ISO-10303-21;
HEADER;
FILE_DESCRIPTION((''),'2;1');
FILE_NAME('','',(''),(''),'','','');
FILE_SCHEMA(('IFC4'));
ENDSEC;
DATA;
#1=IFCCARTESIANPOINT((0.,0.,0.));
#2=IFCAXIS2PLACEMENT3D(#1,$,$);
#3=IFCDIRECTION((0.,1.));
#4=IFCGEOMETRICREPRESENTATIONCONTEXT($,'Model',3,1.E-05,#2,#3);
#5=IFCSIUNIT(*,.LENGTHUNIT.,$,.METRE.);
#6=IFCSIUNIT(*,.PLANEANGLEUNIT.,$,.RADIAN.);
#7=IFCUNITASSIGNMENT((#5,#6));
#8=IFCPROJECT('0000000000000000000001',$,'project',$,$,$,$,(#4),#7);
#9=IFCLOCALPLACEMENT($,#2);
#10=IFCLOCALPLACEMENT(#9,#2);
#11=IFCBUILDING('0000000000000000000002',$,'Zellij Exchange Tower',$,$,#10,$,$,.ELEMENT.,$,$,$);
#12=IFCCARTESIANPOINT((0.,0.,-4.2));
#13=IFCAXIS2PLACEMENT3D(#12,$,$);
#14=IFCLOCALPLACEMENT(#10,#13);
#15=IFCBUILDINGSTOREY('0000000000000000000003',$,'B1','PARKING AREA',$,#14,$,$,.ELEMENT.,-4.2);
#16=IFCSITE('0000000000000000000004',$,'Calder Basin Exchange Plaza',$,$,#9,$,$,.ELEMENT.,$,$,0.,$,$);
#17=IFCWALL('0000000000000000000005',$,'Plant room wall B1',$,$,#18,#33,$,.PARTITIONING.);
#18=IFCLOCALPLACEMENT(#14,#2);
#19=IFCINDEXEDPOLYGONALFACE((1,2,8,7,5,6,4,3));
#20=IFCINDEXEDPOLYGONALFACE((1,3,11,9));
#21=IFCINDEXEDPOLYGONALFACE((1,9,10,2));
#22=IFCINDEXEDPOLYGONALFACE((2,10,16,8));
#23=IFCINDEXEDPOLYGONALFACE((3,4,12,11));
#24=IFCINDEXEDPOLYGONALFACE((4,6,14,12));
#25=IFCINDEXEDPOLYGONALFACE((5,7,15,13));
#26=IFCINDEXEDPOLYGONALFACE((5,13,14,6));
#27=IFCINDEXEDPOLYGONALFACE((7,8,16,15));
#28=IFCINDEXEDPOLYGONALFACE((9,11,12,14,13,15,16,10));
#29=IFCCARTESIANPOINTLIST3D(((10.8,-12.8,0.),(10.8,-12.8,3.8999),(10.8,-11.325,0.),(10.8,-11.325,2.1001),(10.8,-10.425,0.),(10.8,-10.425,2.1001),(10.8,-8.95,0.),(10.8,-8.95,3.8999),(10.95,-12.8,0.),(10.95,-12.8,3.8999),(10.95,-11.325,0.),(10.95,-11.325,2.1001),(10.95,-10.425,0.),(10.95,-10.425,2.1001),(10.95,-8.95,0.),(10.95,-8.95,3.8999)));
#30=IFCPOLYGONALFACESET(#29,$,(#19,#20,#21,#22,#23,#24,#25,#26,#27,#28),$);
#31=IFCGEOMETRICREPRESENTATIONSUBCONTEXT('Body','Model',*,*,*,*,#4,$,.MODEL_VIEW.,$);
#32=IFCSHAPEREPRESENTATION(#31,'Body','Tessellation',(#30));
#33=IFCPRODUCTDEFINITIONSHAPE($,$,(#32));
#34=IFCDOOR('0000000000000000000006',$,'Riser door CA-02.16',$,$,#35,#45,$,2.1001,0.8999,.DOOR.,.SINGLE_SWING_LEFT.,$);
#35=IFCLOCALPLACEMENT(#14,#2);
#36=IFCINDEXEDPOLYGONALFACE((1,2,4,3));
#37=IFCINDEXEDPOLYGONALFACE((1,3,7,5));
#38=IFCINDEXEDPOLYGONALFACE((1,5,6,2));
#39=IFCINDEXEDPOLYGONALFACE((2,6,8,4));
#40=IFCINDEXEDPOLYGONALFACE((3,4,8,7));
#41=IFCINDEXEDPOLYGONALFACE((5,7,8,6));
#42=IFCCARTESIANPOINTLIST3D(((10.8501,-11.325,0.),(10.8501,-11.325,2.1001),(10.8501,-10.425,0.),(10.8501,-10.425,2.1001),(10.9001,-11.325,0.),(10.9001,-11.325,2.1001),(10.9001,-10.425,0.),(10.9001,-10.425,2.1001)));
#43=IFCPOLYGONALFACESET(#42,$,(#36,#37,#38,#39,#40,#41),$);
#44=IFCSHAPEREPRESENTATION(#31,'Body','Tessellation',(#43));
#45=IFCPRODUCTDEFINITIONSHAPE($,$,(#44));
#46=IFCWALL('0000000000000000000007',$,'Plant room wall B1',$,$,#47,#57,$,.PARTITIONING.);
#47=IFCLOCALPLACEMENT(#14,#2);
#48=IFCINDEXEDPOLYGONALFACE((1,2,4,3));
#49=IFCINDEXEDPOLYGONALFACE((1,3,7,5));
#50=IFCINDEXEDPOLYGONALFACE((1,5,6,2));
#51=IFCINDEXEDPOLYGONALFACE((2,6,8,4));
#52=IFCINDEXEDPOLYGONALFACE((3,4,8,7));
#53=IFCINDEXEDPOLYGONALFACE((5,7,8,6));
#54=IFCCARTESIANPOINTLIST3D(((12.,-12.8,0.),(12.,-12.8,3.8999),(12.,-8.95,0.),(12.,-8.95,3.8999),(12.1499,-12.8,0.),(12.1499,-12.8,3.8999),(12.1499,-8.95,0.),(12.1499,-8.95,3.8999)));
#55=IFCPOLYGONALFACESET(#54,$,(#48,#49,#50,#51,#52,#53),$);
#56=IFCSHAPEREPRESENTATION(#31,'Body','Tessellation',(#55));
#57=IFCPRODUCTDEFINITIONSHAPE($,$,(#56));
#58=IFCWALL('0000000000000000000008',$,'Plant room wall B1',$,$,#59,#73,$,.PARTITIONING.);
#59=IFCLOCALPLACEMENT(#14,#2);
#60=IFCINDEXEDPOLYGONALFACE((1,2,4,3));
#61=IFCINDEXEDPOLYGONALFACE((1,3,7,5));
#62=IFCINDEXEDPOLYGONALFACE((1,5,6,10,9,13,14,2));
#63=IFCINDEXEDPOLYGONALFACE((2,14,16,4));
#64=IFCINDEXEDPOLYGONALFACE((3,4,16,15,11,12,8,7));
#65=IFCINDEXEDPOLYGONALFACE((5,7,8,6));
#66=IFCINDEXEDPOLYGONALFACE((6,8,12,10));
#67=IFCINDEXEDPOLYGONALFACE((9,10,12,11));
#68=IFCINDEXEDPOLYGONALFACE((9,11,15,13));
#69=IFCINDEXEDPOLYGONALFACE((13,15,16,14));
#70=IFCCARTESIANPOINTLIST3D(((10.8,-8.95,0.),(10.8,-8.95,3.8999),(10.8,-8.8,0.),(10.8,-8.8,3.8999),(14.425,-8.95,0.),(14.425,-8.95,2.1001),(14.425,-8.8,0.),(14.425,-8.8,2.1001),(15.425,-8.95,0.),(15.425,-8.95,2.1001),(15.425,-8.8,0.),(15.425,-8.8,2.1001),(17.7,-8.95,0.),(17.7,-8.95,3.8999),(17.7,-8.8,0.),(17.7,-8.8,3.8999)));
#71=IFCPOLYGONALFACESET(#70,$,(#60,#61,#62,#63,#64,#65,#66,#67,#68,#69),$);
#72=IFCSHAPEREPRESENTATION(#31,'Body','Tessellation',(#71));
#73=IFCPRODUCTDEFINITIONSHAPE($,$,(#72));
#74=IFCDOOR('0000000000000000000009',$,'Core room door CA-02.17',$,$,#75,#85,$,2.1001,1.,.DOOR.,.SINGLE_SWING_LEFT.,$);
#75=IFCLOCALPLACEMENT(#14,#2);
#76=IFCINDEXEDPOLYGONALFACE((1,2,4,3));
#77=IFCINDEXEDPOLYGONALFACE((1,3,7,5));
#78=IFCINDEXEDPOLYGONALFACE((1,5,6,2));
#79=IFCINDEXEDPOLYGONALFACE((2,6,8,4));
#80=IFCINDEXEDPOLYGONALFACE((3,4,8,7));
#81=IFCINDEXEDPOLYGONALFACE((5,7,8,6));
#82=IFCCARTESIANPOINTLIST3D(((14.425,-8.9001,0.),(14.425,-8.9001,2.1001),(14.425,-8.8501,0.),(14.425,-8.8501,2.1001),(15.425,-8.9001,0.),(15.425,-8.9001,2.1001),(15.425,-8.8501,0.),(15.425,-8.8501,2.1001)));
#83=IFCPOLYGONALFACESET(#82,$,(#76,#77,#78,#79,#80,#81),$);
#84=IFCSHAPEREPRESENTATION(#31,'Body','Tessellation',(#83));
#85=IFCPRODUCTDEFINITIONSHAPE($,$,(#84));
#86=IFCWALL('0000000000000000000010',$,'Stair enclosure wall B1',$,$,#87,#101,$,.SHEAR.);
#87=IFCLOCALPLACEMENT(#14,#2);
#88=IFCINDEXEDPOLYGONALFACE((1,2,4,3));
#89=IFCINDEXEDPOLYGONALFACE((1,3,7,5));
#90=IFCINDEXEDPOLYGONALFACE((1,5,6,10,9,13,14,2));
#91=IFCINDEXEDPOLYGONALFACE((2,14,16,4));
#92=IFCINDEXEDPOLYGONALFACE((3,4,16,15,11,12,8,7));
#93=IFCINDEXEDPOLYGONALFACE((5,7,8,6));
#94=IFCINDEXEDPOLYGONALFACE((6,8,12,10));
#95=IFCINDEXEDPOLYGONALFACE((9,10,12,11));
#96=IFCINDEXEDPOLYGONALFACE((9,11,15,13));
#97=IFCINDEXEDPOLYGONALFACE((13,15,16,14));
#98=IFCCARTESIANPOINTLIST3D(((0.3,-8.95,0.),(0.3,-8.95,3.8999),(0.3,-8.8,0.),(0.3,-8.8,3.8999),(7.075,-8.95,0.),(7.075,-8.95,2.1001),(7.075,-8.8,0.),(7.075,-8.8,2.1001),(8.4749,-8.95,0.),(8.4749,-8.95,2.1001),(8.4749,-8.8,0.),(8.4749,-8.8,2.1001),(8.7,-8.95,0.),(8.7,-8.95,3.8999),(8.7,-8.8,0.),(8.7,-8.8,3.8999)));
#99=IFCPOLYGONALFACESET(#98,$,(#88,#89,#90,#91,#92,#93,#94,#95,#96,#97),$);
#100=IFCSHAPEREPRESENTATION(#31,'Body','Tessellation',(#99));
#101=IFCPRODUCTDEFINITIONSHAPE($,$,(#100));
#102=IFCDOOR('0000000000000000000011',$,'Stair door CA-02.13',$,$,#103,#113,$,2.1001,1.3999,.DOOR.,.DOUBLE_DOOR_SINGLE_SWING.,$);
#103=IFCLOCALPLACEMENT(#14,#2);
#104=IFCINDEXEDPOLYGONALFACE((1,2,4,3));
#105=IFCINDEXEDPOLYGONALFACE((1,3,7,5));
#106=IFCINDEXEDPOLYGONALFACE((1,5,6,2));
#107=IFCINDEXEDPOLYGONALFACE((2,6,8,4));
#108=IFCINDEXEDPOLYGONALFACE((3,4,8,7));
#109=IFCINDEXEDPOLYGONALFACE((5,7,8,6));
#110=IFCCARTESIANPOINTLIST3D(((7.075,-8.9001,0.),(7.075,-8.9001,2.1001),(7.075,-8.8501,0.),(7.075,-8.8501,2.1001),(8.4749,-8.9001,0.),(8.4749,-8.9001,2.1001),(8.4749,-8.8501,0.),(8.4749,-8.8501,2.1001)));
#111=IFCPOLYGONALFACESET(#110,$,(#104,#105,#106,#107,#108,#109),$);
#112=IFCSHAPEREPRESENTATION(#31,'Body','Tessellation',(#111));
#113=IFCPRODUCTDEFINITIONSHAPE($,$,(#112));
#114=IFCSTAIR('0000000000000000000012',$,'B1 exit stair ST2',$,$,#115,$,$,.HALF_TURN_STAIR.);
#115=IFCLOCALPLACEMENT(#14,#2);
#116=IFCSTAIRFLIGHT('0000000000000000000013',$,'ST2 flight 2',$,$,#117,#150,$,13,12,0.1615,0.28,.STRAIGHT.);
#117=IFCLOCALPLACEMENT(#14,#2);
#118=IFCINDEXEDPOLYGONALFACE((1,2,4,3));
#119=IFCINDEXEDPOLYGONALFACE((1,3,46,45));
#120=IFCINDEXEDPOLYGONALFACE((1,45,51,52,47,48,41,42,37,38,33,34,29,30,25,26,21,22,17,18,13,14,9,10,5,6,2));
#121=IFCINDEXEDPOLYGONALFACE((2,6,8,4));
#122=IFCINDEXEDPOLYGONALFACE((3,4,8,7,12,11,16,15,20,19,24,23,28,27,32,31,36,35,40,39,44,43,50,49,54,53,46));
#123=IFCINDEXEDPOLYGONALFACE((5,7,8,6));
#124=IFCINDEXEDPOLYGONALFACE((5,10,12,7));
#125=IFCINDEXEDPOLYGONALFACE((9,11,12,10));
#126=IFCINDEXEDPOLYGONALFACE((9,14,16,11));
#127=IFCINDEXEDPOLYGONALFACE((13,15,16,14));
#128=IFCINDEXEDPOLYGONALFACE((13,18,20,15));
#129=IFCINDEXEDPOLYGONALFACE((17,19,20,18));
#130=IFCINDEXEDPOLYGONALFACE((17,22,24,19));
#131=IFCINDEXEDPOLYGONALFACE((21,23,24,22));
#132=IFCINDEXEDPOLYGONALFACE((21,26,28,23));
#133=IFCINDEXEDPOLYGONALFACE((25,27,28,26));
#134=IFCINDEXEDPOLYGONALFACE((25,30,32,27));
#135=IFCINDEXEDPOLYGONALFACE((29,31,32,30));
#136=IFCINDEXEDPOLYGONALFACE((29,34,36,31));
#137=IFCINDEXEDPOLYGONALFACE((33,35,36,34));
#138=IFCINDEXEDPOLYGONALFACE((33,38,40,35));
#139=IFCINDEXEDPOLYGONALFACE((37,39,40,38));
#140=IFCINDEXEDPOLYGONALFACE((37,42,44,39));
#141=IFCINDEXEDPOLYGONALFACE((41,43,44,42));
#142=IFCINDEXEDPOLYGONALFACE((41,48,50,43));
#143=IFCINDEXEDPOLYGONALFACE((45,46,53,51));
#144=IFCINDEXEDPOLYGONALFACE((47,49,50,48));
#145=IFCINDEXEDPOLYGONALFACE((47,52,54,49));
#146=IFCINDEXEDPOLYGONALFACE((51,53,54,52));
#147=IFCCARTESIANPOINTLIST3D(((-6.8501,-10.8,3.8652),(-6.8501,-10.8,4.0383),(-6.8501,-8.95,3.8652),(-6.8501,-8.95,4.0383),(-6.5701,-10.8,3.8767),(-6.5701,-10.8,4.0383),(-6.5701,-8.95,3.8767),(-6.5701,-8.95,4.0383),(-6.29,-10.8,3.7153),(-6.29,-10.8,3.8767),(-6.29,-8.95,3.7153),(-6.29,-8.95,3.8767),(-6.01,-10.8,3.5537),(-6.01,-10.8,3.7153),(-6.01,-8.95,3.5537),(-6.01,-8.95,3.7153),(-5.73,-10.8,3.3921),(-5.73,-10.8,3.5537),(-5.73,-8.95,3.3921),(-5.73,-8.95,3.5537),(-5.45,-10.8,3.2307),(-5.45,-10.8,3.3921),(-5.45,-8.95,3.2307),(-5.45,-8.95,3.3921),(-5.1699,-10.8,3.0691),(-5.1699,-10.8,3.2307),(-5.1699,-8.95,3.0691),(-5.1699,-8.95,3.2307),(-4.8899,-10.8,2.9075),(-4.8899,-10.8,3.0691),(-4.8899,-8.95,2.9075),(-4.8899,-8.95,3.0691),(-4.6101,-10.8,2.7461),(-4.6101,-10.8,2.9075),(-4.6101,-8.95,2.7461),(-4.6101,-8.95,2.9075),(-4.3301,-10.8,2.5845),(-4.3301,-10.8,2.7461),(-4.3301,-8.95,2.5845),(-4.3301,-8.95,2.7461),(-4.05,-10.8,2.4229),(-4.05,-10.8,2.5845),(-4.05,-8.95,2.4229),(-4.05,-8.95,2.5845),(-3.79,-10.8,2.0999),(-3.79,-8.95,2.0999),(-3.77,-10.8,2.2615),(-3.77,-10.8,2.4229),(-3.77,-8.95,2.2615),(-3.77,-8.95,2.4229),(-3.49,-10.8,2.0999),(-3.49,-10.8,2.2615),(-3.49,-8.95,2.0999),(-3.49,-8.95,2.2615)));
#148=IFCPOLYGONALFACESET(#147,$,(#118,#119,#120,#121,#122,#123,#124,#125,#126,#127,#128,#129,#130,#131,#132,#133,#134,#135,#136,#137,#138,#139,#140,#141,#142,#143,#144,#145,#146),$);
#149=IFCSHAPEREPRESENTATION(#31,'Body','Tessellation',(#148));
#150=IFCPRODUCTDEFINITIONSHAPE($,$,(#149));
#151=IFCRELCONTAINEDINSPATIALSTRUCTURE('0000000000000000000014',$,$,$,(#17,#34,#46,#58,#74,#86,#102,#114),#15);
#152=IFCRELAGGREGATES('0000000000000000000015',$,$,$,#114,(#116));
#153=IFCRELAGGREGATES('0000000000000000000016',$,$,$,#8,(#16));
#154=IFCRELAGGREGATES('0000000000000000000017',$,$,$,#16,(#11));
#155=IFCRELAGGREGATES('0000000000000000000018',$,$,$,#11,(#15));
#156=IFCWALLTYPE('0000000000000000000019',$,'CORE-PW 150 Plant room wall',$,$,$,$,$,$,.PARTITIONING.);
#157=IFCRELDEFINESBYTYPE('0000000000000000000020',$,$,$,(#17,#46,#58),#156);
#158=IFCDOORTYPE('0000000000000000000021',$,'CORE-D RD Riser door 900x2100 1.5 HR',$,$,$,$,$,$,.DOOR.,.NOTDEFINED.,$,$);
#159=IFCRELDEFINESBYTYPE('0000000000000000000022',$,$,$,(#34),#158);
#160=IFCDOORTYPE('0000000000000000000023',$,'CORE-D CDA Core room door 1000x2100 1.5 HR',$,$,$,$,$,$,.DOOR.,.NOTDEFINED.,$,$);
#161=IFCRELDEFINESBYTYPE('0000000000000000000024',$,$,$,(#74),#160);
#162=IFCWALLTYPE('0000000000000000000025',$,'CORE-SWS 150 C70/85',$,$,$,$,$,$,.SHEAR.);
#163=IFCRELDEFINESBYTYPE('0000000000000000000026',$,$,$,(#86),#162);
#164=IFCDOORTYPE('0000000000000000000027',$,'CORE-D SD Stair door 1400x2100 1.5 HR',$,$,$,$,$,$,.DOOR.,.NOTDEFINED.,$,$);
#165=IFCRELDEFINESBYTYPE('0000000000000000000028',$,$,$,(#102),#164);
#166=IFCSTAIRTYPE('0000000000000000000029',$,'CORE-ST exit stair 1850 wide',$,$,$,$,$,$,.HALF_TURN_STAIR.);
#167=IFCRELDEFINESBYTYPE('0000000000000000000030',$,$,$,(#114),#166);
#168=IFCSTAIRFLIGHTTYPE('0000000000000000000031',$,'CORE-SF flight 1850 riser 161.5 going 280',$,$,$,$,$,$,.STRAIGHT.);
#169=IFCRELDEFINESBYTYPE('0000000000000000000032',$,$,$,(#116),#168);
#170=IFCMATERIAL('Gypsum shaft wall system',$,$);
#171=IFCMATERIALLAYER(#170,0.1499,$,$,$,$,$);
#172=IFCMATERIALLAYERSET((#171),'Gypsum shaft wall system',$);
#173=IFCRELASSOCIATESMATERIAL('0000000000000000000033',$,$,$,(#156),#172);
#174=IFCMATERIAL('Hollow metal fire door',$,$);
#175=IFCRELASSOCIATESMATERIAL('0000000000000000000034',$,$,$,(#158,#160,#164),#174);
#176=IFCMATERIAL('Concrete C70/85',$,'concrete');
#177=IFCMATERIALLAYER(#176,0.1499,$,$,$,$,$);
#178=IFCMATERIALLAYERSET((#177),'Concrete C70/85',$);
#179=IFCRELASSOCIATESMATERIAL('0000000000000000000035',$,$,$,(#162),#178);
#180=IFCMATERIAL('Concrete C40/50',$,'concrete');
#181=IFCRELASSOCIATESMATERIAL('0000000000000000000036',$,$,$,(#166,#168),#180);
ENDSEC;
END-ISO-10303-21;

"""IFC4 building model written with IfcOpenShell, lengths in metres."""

from ifc_helpers import new_model, si_unit, direction, frame, frame_2d, origin, place, context, subcontext, project, spatial, polyline, rectangle, outline, extrude, material, layer, layer_set, type_object, element, fill, aggregate, save


model = new_model("IFC4")

# Units and contexts
model_context = context("Model", 3, precision=1e-05, world=origin(), true_north=direction((0.0, 1.0)))
body_context = subcontext(model_context, "Body", "Model", "MODEL_VIEW")
ifc_project = project(units=[si_unit("LENGTHUNIT", "METRE"), si_unit("PLANEANGLEUNIT", "RADIAN")], contexts=[model_context])

# Site, building, storey
site_placement = place(None, origin())
site = spatial("IfcSite", under=ifc_project, at=site_placement, Name="Calder Basin Exchange Plaza", CompositionType="ELEMENT", RefElevation=0.0)
building_placement = place(site_placement, origin())
building = spatial("IfcBuilding", under=site, at=building_placement, Name="Zellij Exchange Tower", CompositionType="ELEMENT")
storey_placement = place(building_placement, frame((0.0, 0.0, -4.2)))
storey = spatial("IfcBuildingStorey", under=building, at=storey_placement, Name="B1", Description="PARKING AREA", CompositionType="ELEMENT", Elevation=-4.2)

# Shared definitions
ifc_material_1 = material(Name="Concrete C70/85", Category="concrete")

# Shared definitions
ifc_material_2 = material(Name="Concrete C40/50", Category="concrete")

# Wall, opening, door
ifc_material_3 = material(Name="Gypsum shaft wall system")
ifc_material_4 = material(Name="Hollow metal fire door")
ifc_layer_1 = layer(ifc_material_3, 0.1499)
ifc_layer_set_1 = layer_set([ifc_layer_1], Name="Gypsum shaft wall system")
wall_type_1 = type_object("IfcWallType", Name="CORE-PW 150 Plant room wall", PredefinedType="PARTITIONING", material=ifc_layer_set_1)
wall_1_placement = place(storey_placement, frame((10.875, -12.8, 0.0), z_axis=(0.0, 0.0, 1.0), x_axis=(0.0, 1.0, 0.0)))
wall_1 = element("IfcWall", 1, at=wall_1_placement, inside=storey, type_object=wall_type_1, Name="Plant room wall B1", PredefinedType="PARTITIONING", context=body_context, shape_type="SweptSolid", body=[
    extrude(rectangle(XDim=3.8501, YDim=0.1499, at=frame_2d((1.925, 0.0))), origin(), (0.0, 0.0, 1.0), 3.8999),
])
opening_1_placement = place(wall_1_placement, frame((1.4751, 0.0, 0.0)))
opening_1 = element("IfcOpeningElement", 2, at=opening_1_placement, cuts=wall_1, PredefinedType="OPENING", context=body_context, shape_type="SweptSolid", body=[
    extrude(rectangle(XDim=0.8999, YDim=2.1001, at=frame_2d((0.45, 1.05))), frame((0.0, 0.0869, 0.0), z_axis=(0.0, -1.0, 0.0), x_axis=(1.0, 0.0, 0.0)), (0.0, 0.0, 1.0), 0.1738),
])
door_type_1 = type_object("IfcDoorType", Name="CORE-D RD Riser door 900x2100 1.5 HR", OperationType="NOTDEFINED", PredefinedType="DOOR", material=ifc_material_4)
door_1_placement = place(opening_1_placement, origin())
door_1 = element("IfcDoor", 3, at=door_1_placement, inside=storey, type_object=door_type_1, Name="Riser door CA-02.16", OperationType="SINGLE_SWING_LEFT", OverallHeight=2.1001, OverallWidth=0.8999, PredefinedType="DOOR", context=body_context, shape_type="SweptSolid", body=[
    extrude(rectangle(XDim=0.8999, YDim=2.1001, at=frame_2d((0.45, 1.05))), frame((0.0, 0.0249, 0.0), z_axis=(0.0, -1.0, 0.0), x_axis=(1.0, 0.0, 0.0)), (0.0, 0.0, 1.0), 0.05),
])
fill(opening_1, door_1)

# Wall
wall_2_placement = place(storey_placement, frame((12.075, -12.8, 0.0), z_axis=(0.0, 0.0, 1.0), x_axis=(0.0, 1.0, 0.0)))
element("IfcWall", 4, at=wall_2_placement, inside=storey, type_object=wall_type_1, Name="Plant room wall B1", PredefinedType="PARTITIONING", context=body_context, shape_type="SweptSolid", body=[
    extrude(rectangle(XDim=3.8501, YDim=0.1499, at=frame_2d((1.925, 0.0))), origin(), (0.0, 0.0, 1.0), 3.8999),
])

# Walls, openings, doors
wall_3_placement = place(storey_placement, frame((10.8, -8.875, 0.0), z_axis=(0.0, 0.0, 1.0), x_axis=(1.0, 0.0, 0.0)))
wall_3 = element("IfcWall", 5, at=wall_3_placement, inside=storey, type_object=wall_type_1, Name="Plant room wall B1", PredefinedType="PARTITIONING", context=body_context, shape_type="SweptSolid", body=[
    extrude(rectangle(XDim=6.8999, YDim=0.1499, at=frame_2d((3.45, 0.0))), origin(), (0.0, 0.0, 1.0), 3.8999),
])
opening_2_placement = place(wall_3_placement, frame((3.625, 0.0, 0.0)))
opening_2 = element("IfcOpeningElement", 6, at=opening_2_placement, cuts=wall_3, PredefinedType="OPENING", context=body_context, shape_type="SweptSolid", body=[
    extrude(rectangle(XDim=1.0, YDim=2.1001, at=frame_2d((0.5, 1.05))), frame((0.0, 0.0869, 0.0), z_axis=(0.0, -1.0, 0.0), x_axis=(1.0, 0.0, 0.0)), (0.0, 0.0, 1.0), 0.1738),
])
door_type_2 = type_object("IfcDoorType", Name="CORE-D CDA Core room door 1000x2100 1.5 HR", OperationType="NOTDEFINED", PredefinedType="DOOR", material=ifc_material_4)
door_2_placement = place(opening_2_placement, origin())
door_2 = element("IfcDoor", 7, at=door_2_placement, inside=storey, type_object=door_type_2, Name="Core room door CA-02.17", OperationType="SINGLE_SWING_LEFT", OverallHeight=2.1001, OverallWidth=1.0, PredefinedType="DOOR", context=body_context, shape_type="SweptSolid", body=[
    extrude(rectangle(XDim=1.0, YDim=2.1001, at=frame_2d((0.5, 1.05))), frame((0.0, 0.0249, 0.0), z_axis=(0.0, -1.0, 0.0), x_axis=(1.0, 0.0, 0.0)), (0.0, 0.0, 1.0), 0.05),
])
fill(opening_2, door_2)
ifc_layer_2 = layer(ifc_material_1, 0.1499)
ifc_layer_set_2 = layer_set([ifc_layer_2], Name="Concrete C70/85")
wall_type_2 = type_object("IfcWallType", Name="CORE-SWS 150 C70/85", PredefinedType="SHEAR", material=ifc_layer_set_2)
wall_4_placement = place(storey_placement, frame((0.3, -8.875, 0.0), z_axis=(0.0, 0.0, 1.0), x_axis=(1.0, 0.0, 0.0)))
wall_4 = element("IfcWall", 8, at=wall_4_placement, inside=storey, type_object=wall_type_2, Name="Stair enclosure wall B1", PredefinedType="SHEAR", context=body_context, shape_type="SweptSolid", body=[
    extrude(rectangle(XDim=8.3999, YDim=0.1499, at=frame_2d((4.2, 0.0))), origin(), (0.0, 0.0, 1.0), 3.8999),
])
opening_3_placement = place(wall_4_placement, frame((6.7749, 0.0, 0.0)))
opening_3 = element("IfcOpeningElement", 9, at=opening_3_placement, cuts=wall_4, PredefinedType="OPENING", context=body_context, shape_type="SweptSolid", body=[
    extrude(rectangle(XDim=1.3999, YDim=2.1001, at=frame_2d((0.7, 1.05))), frame((0.0, 0.0869, 0.0), z_axis=(0.0, -1.0, 0.0), x_axis=(1.0, 0.0, 0.0)), (0.0, 0.0, 1.0), 0.1738),
])
door_type_3 = type_object("IfcDoorType", Name="CORE-D SD Stair door 1400x2100 1.5 HR", OperationType="NOTDEFINED", PredefinedType="DOOR", material=ifc_material_4)
door_3_placement = place(opening_3_placement, origin())
door_3 = element("IfcDoor", 10, at=door_3_placement, inside=storey, type_object=door_type_3, Name="Stair door CA-02.13", OperationType="DOUBLE_DOOR_SINGLE_SWING", OverallHeight=2.1001, OverallWidth=1.3999, PredefinedType="DOOR", context=body_context, shape_type="SweptSolid", body=[
    extrude(rectangle(XDim=1.3999, YDim=2.1001, at=frame_2d((0.7, 1.05))), frame((0.0, 0.0249, 0.0), z_axis=(0.0, -1.0, 0.0), x_axis=(1.0, 0.0, 0.0)), (0.0, 0.0, 1.0), 0.05),
])
fill(opening_3, door_3)

# Stair, stair flight
stair_type = type_object("IfcStairType", Name="CORE-ST exit stair 1850 wide", PredefinedType="HALF_TURN_STAIR", material=ifc_material_2)
stair_1_placement = place(storey_placement, origin())
stair_1 = element("IfcStair", 11, at=stair_1_placement, inside=storey, type_object=stair_type, Name="B1 exit stair ST2", PredefinedType="HALF_TURN_STAIR")
stair_flight_type = type_object("IfcStairFlightType", Name="CORE-SF flight 1850 riser 161.5 going 280", PredefinedType="STRAIGHT", material=ifc_material_2)
stair_flight_1_placement = place(storey_placement, frame((-3.49, -9.875, 2.0999), z_axis=(0.0, 0.0, 1.0), x_axis=(-1.0, 0.0, 0.0)))
stair_flight_1 = element("IfcStairFlight", 12, at=stair_flight_1_placement, type_object=stair_flight_type, Name="ST2 flight 2", NumberOfRisers=13, NumberOfTreads=12, PredefinedType="STRAIGHT", RiserHeight=0.1615, TreadLength=0.28, context=body_context, shape_type="SweptSolid", body=[
    extrude(outline(polyline([(0.0, 0.0), (0.0, 0.1616), (0.28, 0.1616), (0.28, 0.323), (0.5601, 0.323), (0.5601, 0.4846), (0.8401, 0.4846), (0.8401, 0.6462), (1.1201, 0.6462), (1.1201, 0.8076), (1.3999, 0.8076), (1.3999, 0.9692), (1.6799, 0.9692), (1.6799, 1.1309), (1.96, 1.1309), (1.96, 1.2922), (2.24, 1.2922), (2.24, 1.4539), (2.52, 1.4539), (2.52, 1.6155), (2.8, 1.6155), (2.8, 1.7769), (3.0801, 1.7769), (3.0801, 1.9385), (3.3601, 1.9385), (3.3601, 2.1001), (3.3601, 1.7654), (0.3, 0.0), (0.0, 0.0)])), frame((0.0, 0.925, 0.0), z_axis=(0.0, -1.0, 0.0), x_axis=(1.0, 0.0, 0.0)), (0.0, 0.0, 1.0), 1.8501),
])
aggregate(stair_1, [stair_flight_1])

save(model, "model.ifc")
